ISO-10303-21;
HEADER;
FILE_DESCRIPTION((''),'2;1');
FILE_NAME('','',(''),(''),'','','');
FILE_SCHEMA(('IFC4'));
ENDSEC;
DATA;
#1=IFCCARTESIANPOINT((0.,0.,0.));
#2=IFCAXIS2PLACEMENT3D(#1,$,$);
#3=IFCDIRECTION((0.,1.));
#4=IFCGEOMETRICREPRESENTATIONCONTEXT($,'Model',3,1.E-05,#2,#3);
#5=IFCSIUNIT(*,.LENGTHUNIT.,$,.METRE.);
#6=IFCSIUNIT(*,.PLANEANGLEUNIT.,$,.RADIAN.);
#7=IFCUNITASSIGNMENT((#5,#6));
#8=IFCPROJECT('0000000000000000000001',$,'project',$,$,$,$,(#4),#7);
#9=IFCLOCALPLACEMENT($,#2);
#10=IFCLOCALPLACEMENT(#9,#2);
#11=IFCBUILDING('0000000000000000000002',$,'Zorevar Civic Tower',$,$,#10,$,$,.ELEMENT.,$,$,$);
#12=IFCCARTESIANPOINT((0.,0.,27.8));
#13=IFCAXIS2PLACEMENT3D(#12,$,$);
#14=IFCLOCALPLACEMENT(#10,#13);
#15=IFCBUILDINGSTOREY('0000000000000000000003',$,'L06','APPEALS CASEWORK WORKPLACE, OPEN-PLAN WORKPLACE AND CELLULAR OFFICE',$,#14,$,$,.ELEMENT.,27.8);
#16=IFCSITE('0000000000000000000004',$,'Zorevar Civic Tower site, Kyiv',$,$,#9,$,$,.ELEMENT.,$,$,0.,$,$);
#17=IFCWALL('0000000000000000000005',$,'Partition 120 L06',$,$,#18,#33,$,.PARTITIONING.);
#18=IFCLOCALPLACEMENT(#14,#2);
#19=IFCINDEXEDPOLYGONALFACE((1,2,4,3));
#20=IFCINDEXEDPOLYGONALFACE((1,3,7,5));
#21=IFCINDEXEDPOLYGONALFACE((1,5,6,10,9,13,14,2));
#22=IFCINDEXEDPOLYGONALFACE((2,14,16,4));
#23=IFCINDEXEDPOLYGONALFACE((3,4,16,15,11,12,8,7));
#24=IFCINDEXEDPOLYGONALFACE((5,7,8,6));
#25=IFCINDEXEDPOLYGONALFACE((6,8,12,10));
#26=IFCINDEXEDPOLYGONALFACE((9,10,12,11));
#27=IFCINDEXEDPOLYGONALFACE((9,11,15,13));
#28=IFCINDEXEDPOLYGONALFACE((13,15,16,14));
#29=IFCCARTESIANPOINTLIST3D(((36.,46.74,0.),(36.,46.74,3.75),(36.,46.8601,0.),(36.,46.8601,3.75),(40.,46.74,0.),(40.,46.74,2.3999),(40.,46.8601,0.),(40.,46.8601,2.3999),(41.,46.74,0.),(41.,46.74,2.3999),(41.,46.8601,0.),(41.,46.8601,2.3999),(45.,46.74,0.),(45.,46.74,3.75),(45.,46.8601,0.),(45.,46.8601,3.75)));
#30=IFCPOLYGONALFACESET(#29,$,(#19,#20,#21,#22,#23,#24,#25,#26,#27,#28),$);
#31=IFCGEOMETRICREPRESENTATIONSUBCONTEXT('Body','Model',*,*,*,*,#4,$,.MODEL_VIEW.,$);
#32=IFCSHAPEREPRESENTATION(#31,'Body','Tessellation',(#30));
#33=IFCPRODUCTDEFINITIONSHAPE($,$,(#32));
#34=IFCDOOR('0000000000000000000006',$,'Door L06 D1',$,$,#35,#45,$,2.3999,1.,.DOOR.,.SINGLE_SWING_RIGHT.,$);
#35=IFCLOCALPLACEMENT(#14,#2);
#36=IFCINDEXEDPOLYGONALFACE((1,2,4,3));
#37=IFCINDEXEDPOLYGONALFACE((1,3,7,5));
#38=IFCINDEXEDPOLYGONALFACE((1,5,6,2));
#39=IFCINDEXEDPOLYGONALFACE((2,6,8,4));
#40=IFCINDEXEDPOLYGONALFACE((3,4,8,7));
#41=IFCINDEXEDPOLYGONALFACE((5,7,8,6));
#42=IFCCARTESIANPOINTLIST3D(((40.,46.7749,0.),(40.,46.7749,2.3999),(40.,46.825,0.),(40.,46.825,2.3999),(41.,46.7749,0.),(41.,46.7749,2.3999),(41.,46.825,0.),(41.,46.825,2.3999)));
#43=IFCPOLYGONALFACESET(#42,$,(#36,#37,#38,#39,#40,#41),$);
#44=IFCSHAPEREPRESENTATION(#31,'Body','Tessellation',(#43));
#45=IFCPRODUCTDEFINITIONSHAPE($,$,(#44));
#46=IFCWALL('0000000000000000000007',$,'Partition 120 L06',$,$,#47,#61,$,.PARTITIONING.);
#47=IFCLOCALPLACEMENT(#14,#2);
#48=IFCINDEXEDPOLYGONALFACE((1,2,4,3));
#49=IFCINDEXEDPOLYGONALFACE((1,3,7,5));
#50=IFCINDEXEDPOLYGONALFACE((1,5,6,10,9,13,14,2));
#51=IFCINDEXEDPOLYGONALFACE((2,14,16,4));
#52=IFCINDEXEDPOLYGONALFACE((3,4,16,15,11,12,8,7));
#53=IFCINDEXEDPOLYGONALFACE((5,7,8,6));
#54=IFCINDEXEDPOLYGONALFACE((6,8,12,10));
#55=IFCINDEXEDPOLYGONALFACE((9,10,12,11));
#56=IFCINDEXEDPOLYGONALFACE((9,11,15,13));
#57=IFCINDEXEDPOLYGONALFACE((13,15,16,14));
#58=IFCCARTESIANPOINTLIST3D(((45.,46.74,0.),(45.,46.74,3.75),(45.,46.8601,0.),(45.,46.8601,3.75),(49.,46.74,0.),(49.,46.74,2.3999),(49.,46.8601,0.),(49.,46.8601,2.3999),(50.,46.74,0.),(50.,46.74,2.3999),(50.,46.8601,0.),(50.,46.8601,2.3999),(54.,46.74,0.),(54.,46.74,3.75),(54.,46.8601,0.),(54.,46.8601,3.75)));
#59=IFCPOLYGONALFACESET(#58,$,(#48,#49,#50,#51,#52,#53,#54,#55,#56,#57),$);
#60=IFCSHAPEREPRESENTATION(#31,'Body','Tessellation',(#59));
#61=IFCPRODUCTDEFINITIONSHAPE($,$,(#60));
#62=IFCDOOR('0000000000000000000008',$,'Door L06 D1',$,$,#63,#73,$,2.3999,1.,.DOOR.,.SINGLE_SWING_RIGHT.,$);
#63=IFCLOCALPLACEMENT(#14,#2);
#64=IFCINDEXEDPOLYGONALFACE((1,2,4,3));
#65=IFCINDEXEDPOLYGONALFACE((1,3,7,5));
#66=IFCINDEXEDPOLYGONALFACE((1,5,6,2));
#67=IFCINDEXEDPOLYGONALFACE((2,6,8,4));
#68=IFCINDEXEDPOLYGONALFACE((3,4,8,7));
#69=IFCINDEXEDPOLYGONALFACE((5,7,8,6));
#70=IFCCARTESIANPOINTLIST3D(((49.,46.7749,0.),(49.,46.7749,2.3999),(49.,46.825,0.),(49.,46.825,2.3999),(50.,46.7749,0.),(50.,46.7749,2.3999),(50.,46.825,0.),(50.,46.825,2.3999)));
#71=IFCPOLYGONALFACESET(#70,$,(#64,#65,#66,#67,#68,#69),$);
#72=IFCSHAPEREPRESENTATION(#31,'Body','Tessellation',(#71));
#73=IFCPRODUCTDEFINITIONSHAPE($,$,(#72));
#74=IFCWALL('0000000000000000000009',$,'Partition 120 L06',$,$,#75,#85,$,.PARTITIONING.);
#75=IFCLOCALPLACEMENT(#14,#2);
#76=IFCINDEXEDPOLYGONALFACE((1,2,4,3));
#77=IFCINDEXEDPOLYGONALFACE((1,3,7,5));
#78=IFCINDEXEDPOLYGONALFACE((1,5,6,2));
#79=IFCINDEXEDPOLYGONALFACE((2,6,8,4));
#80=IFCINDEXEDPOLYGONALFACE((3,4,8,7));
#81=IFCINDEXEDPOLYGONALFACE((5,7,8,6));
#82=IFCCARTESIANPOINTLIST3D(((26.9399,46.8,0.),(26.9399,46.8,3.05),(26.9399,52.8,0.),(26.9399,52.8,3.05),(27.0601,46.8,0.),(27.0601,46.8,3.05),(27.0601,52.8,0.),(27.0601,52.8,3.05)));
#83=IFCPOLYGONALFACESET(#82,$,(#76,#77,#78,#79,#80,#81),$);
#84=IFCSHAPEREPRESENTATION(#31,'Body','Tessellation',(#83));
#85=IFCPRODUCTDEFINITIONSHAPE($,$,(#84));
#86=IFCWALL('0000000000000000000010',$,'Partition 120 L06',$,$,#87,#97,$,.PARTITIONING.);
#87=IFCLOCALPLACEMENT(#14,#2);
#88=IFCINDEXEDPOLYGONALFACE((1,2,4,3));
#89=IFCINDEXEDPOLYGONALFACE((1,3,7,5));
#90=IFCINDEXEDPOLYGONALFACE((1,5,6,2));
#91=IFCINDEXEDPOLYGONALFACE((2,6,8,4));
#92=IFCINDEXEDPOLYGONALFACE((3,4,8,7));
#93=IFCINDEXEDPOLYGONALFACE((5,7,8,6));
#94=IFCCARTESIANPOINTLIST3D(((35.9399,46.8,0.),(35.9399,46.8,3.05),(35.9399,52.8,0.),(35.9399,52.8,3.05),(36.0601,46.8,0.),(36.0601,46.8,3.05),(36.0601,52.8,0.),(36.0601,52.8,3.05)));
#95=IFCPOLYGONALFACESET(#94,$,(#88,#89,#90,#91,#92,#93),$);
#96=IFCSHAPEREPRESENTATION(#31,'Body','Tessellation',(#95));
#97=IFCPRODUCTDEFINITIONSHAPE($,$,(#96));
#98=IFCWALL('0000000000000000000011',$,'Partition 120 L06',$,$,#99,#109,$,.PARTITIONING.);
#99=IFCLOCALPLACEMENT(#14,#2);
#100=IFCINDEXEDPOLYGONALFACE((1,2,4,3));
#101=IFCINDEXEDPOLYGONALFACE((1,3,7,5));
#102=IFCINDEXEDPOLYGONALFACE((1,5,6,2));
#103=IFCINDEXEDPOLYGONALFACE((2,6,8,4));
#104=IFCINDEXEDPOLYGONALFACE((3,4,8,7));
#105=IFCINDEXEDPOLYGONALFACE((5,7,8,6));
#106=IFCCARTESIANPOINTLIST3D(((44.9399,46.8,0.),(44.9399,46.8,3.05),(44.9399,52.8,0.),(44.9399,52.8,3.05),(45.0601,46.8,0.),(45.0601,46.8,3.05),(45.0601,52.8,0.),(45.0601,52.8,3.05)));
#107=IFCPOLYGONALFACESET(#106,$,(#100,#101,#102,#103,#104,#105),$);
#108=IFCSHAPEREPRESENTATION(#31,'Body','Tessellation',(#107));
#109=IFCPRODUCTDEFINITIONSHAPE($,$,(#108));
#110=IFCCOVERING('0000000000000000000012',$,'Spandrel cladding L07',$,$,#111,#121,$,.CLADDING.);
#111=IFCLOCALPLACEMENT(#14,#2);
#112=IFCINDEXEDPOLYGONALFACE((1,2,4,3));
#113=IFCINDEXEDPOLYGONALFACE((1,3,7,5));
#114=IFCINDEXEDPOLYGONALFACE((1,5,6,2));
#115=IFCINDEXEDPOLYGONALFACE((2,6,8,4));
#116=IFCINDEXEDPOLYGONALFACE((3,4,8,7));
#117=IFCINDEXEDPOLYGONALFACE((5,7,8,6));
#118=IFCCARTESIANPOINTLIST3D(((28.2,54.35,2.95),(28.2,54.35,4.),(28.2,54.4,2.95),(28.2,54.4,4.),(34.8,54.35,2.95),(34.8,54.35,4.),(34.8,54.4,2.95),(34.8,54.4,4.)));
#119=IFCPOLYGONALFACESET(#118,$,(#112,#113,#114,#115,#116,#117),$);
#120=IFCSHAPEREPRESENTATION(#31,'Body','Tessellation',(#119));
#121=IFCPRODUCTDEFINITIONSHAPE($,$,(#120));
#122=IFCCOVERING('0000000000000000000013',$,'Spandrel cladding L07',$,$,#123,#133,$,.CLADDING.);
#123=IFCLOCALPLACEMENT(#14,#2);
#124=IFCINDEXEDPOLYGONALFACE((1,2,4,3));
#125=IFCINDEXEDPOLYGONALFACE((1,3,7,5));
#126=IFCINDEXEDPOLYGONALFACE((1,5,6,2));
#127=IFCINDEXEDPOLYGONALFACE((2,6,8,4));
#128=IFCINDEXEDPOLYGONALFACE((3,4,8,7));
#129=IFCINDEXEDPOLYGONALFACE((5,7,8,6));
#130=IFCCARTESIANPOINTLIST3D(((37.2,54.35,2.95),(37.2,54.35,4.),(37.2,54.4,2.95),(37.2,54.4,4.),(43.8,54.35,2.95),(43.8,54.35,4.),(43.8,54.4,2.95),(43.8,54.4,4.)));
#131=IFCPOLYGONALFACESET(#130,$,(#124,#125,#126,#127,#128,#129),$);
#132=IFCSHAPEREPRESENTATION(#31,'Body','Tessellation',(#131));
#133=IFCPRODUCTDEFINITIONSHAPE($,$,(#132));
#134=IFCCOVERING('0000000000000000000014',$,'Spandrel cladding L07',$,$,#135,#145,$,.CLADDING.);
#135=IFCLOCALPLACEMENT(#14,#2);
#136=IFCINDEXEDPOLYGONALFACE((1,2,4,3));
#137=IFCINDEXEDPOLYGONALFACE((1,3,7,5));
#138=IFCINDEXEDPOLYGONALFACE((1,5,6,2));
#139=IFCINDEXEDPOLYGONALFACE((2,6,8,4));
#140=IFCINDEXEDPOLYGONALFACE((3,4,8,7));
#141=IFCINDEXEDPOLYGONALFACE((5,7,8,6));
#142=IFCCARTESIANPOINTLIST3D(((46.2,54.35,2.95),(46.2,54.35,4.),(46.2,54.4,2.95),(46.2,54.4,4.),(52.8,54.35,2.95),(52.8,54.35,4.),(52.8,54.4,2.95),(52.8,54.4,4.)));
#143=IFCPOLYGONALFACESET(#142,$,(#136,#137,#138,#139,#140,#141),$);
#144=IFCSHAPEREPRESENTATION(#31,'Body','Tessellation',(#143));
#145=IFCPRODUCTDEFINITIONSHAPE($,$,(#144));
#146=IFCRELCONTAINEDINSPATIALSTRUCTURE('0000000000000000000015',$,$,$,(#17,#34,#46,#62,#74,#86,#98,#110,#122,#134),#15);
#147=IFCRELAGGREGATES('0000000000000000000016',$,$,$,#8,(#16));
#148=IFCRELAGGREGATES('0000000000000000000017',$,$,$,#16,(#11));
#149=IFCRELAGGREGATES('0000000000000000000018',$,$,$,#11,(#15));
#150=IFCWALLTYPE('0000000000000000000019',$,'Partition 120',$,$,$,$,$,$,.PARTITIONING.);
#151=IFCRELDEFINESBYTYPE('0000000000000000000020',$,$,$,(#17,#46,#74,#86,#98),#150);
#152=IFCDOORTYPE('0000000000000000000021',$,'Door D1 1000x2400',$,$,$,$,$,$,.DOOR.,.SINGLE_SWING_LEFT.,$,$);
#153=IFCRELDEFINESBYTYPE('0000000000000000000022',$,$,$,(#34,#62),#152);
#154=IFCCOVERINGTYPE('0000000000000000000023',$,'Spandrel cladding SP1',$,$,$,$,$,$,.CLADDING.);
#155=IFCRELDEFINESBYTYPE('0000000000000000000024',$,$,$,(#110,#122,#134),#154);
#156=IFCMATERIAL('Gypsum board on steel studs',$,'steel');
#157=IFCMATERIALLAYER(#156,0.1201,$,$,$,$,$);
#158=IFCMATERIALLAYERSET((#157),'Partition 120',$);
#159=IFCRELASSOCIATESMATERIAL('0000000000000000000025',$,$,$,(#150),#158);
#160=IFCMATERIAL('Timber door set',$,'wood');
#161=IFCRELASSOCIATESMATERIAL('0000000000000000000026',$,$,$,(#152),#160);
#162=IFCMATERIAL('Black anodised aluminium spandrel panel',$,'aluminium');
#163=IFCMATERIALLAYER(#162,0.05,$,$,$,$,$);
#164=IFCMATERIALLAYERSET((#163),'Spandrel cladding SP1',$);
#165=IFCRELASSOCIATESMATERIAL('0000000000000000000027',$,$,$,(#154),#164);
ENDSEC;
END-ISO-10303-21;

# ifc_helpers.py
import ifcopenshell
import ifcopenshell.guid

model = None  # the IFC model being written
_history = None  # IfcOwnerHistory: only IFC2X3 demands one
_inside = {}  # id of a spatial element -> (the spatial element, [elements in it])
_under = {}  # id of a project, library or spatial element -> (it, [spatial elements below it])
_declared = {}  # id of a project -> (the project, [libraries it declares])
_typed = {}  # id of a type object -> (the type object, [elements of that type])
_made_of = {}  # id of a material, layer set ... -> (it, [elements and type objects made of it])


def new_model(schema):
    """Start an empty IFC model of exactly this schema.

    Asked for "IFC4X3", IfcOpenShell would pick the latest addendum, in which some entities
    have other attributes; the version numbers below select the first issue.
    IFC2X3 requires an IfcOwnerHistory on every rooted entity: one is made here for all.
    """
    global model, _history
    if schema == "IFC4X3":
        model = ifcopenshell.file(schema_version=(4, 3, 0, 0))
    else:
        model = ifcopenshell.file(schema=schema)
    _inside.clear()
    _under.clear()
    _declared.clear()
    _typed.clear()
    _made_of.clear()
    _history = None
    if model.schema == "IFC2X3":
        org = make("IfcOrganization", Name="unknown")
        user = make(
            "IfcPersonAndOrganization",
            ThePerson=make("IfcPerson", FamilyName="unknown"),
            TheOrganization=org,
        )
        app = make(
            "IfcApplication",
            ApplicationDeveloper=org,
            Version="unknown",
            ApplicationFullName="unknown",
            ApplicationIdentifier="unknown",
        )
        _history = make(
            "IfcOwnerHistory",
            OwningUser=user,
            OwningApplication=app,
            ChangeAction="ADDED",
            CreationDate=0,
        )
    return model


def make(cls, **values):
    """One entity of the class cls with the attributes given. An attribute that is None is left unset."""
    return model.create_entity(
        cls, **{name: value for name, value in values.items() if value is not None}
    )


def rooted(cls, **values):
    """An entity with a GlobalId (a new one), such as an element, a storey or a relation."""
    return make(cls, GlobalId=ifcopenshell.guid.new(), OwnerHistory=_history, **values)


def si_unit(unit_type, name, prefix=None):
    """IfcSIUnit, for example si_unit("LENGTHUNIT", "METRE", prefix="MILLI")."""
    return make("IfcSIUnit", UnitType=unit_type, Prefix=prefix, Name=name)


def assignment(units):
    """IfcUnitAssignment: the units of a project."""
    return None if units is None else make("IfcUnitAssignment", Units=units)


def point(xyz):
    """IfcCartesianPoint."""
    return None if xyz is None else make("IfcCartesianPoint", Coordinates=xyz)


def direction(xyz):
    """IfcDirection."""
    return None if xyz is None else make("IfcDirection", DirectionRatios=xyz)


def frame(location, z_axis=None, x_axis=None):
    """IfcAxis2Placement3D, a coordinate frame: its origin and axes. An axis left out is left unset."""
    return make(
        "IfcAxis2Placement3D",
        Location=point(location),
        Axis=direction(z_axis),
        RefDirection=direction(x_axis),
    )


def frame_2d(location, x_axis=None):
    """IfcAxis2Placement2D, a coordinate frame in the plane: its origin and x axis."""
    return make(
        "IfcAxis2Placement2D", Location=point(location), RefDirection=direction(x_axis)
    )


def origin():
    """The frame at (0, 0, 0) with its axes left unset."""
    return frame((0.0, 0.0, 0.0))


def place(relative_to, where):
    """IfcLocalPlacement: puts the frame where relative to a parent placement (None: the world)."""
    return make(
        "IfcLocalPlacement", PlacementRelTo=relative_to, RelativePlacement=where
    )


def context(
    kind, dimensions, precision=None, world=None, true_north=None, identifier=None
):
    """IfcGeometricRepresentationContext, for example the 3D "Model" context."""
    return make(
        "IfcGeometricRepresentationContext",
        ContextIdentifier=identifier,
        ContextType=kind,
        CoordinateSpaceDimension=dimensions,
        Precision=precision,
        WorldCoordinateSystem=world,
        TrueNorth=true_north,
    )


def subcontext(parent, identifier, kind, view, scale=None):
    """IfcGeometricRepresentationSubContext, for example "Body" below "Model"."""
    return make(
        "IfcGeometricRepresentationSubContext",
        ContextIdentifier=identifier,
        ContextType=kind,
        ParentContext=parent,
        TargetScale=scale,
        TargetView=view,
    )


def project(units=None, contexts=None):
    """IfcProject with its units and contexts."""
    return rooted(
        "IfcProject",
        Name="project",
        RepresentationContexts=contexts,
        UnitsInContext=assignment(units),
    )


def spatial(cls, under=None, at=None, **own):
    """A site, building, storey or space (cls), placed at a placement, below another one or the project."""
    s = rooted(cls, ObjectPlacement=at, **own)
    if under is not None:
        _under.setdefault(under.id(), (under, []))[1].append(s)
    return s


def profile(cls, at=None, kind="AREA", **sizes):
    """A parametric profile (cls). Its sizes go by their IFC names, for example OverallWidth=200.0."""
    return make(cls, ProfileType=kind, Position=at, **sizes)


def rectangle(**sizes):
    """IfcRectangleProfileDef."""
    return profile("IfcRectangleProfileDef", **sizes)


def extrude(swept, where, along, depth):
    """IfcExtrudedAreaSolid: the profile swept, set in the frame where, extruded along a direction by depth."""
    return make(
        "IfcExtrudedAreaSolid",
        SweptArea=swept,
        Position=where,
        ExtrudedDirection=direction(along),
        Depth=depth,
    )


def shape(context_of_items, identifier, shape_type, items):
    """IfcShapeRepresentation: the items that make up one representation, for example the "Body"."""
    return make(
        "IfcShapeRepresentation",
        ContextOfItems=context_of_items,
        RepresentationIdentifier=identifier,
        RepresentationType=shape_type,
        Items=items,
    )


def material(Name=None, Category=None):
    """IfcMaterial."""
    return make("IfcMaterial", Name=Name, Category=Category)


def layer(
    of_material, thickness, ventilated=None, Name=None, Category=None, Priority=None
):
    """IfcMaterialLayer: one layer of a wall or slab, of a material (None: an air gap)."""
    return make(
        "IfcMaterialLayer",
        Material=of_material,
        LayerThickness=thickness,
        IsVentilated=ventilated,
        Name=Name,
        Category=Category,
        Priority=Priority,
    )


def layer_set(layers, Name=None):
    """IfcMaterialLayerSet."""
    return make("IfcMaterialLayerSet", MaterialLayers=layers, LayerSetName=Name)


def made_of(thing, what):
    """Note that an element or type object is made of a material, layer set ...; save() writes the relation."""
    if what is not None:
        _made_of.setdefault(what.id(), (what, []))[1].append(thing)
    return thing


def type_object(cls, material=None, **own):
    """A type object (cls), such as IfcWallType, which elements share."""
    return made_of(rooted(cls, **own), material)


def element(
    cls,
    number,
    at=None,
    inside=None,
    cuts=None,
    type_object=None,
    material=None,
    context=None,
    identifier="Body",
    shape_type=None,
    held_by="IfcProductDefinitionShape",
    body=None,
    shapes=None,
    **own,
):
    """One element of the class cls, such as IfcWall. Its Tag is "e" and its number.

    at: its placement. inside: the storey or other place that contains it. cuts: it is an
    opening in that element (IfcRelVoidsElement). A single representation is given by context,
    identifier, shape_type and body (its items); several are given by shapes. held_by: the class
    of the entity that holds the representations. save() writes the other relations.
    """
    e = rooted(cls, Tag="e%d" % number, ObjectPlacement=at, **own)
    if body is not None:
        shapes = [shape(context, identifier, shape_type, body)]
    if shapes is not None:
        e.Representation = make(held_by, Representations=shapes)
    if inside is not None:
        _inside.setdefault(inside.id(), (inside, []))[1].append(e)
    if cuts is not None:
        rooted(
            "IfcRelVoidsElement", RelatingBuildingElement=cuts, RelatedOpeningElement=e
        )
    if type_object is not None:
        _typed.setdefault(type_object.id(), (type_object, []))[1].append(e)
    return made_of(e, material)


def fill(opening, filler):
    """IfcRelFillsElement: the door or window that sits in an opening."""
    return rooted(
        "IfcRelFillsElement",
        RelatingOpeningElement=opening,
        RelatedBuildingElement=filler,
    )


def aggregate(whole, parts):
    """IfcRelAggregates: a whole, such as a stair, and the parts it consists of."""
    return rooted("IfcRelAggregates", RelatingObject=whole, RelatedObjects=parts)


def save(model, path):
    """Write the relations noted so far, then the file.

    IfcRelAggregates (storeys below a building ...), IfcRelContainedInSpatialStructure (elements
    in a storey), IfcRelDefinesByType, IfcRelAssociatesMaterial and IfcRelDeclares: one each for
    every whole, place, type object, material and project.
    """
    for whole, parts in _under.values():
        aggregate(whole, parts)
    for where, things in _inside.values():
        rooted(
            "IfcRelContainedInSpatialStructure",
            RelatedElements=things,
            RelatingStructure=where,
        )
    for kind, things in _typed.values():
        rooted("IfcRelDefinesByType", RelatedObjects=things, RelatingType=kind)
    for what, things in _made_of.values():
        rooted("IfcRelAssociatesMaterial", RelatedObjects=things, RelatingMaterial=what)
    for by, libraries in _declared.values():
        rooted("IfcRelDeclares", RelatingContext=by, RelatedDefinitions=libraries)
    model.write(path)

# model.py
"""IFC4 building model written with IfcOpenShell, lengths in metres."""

from ifc_helpers import new_model, si_unit, direction, frame, frame_2d, origin, place, context, subcontext, project, spatial, rectangle, extrude, material, layer, layer_set, type_object, element, fill, save


model = new_model("IFC4")

# Units and contexts
model_context = context("Model", 3, precision=1e-05, world=origin(), true_north=direction((0.0, 1.0)))
body_context = subcontext(model_context, "Body", "Model", "MODEL_VIEW")
ifc_project = project(units=[si_unit("LENGTHUNIT", "METRE"), si_unit("PLANEANGLEUNIT", "RADIAN")], contexts=[model_context])

# Site, building, storey
site_placement = place(None, origin())
site = spatial("IfcSite", under=ifc_project, at=site_placement, Name="Zorevar Civic Tower site, Kyiv", CompositionType="ELEMENT", RefElevation=0.0)
building_placement = place(site_placement, origin())
building = spatial("IfcBuilding", under=site, at=building_placement, Name="Zorevar Civic Tower", CompositionType="ELEMENT")
storey_placement = place(building_placement, frame((0.0, 0.0, 27.8)))
storey = spatial("IfcBuildingStorey", under=building, at=storey_placement, Name="L06", Description="APPEALS CASEWORK WORKPLACE, OPEN-PLAN WORKPLACE AND CELLULAR OFFICE", CompositionType="ELEMENT", Elevation=27.8)

# Walls, openings, doors
ifc_material_1 = material(Name="Gypsum board on steel studs", Category="steel")
ifc_layer_1 = layer(ifc_material_1, 0.1201)
ifc_layer_set_1 = layer_set([ifc_layer_1], Name="Partition 120")
wall_type = type_object("IfcWallType", Name="Partition 120", PredefinedType="PARTITIONING", material=ifc_layer_set_1)
wall_1_placement = place(storey_placement, frame((36.0, 46.8, 0.0), z_axis=(0.0, 0.0, 1.0), x_axis=(1.0, 0.0, 0.0)))
wall_1 = element("IfcWall", 1, at=wall_1_placement, inside=storey, type_object=wall_type, Name="Partition 120 L06", PredefinedType="PARTITIONING", context=body_context, shape_type="SweptSolid", body=[
    extrude(rectangle(XDim=9.0, YDim=0.1201, at=frame_2d((4.5, 0.0))), origin(), (0.0, 0.0, 1.0), 3.75),
])
opening_1_placement = place(wall_1_placement, frame((4.0, 0.0, 0.0)))
opening_1 = element("IfcOpeningElement", 2, at=opening_1_placement, cuts=wall_1, PredefinedType="OPENING", context=body_context, shape_type="SweptSolid", body=[
    extrude(rectangle(XDim=1.0, YDim=2.3999, at=frame_2d((0.5, 1.2))), frame((0.0, 0.0701, 0.0), z_axis=(0.0, -1.0, 0.0), x_axis=(1.0, 0.0, 0.0)), (0.0, 0.0, 1.0), 0.1401),
])
ifc_material_2 = material(Name="Timber door set", Category="wood")
door_type = type_object("IfcDoorType", Name="Door D1 1000x2400", OperationType="SINGLE_SWING_LEFT", PredefinedType="DOOR", material=ifc_material_2)
door_1_placement = place(opening_1_placement, origin())
door_1 = element("IfcDoor", 3, at=door_1_placement, inside=storey, type_object=door_type, Name="Door L06 D1", OperationType="SINGLE_SWING_RIGHT", OverallHeight=2.3999, OverallWidth=1.0, PredefinedType="DOOR", context=body_context, shape_type="SweptSolid", body=[
    extrude(rectangle(XDim=1.0, YDim=2.3999, at=frame_2d((0.5, 1.2))), frame((0.0, 0.0249, 0.0), z_axis=(0.0, -1.0, 0.0), x_axis=(1.0, 0.0, 0.0)), (0.0, 0.0, 1.0), 0.05),
])
fill(opening_1, door_1)
wall_2_placement = place(storey_placement, frame((45.0, 46.8, 0.0), z_axis=(0.0, 0.0, 1.0), x_axis=(1.0, 0.0, 0.0)))
wall_2 = element("IfcWall", 4, at=wall_2_placement, inside=storey, type_object=wall_type, Name="Partition 120 L06", PredefinedType="PARTITIONING", context=body_context, shape_type="SweptSolid", body=[
    extrude(rectangle(XDim=9.0, YDim=0.1201, at=frame_2d((4.5, 0.0))), origin(), (0.0, 0.0, 1.0), 3.75),
])
opening_2_placement = place(wall_2_placement, frame((4.0, 0.0, 0.0)))
opening_2 = element("IfcOpeningElement", 5, at=opening_2_placement, cuts=wall_2, PredefinedType="OPENING", context=body_context, shape_type="SweptSolid", body=[
    extrude(rectangle(XDim=1.0, YDim=2.3999, at=frame_2d((0.5, 1.2))), frame((0.0, 0.0701, 0.0), z_axis=(0.0, -1.0, 0.0), x_axis=(1.0, 0.0, 0.0)), (0.0, 0.0, 1.0), 0.1401),
])
door_2_placement = place(opening_2_placement, origin())
door_2 = element("IfcDoor", 6, at=door_2_placement, inside=storey, type_object=door_type, Name="Door L06 D1", OperationType="SINGLE_SWING_RIGHT", OverallHeight=2.3999, OverallWidth=1.0, PredefinedType="DOOR", context=body_context, shape_type="SweptSolid", body=[
    extrude(rectangle(XDim=1.0, YDim=2.3999, at=frame_2d((0.5, 1.2))), frame((0.0, 0.0249, 0.0), z_axis=(0.0, -1.0, 0.0), x_axis=(1.0, 0.0, 0.0)), (0.0, 0.0, 1.0), 0.05),
])
fill(opening_2, door_2)

# Walls
for number, where, z_axis, x_axis, name in (
    (7, (27.0, 46.8, 0.0), (0.0, 0.0, 1.0), (0.0, 1.0, 0.0), "Partition 120 L06"),
    (8, (36.0, 46.8, 0.0), (0.0, 0.0, 1.0), (0.0, 1.0, 0.0), "Partition 120 L06"),
    (9, (45.0, 46.8, 0.0), (0.0, 0.0, 1.0), (0.0, 1.0, 0.0), "Partition 120 L06"),
):
    element("IfcWall", number, at=place(storey_placement, frame(where, z_axis=z_axis, x_axis=x_axis)), inside=storey, type_object=wall_type, Name=name, PredefinedType="PARTITIONING", context=body_context, shape_type="SweptSolid", body=[
        extrude(rectangle(XDim=6.0, YDim=0.1201, at=frame_2d((3.0, 0.0))), origin(), (0.0, 0.0, 1.0), 3.05),
    ])

# Coverings
ifc_material_3 = material(Name="Black anodised aluminium spandrel panel", Category="aluminium")
ifc_layer_2 = layer(ifc_material_3, 0.05)
ifc_layer_set_2 = layer_set([ifc_layer_2], Name="Spandrel cladding SP1")
covering_type = type_object("IfcCoveringType", Name="Spandrel cladding SP1", PredefinedType="CLADDING", material=ifc_layer_set_2)
for number, where, z_axis, x_axis, name in (
    (10, (28.2, 54.375, 2.95), (0.0, 0.0, 1.0), (1.0, 0.0, 0.0), "Spandrel cladding L07"),
    (11, (37.2, 54.375, 2.95), (0.0, 0.0, 1.0), (1.0, 0.0, 0.0), "Spandrel cladding L07"),
    (12, (46.2, 54.375, 2.95), (0.0, 0.0, 1.0), (1.0, 0.0, 0.0), "Spandrel cladding L07"),
):
    element("IfcCovering", number, at=place(storey_placement, frame(where, z_axis=z_axis, x_axis=x_axis)), inside=storey, type_object=covering_type, Name=name, PredefinedType="CLADDING", context=body_context, shape_type="SweptSolid", body=[
        extrude(rectangle(XDim=6.6001, YDim=0.05, at=frame_2d((3.3, 0.0))), origin(), (0.0, 0.0, 1.0), 1.05),
    ])

save(model, "model.ifc")
